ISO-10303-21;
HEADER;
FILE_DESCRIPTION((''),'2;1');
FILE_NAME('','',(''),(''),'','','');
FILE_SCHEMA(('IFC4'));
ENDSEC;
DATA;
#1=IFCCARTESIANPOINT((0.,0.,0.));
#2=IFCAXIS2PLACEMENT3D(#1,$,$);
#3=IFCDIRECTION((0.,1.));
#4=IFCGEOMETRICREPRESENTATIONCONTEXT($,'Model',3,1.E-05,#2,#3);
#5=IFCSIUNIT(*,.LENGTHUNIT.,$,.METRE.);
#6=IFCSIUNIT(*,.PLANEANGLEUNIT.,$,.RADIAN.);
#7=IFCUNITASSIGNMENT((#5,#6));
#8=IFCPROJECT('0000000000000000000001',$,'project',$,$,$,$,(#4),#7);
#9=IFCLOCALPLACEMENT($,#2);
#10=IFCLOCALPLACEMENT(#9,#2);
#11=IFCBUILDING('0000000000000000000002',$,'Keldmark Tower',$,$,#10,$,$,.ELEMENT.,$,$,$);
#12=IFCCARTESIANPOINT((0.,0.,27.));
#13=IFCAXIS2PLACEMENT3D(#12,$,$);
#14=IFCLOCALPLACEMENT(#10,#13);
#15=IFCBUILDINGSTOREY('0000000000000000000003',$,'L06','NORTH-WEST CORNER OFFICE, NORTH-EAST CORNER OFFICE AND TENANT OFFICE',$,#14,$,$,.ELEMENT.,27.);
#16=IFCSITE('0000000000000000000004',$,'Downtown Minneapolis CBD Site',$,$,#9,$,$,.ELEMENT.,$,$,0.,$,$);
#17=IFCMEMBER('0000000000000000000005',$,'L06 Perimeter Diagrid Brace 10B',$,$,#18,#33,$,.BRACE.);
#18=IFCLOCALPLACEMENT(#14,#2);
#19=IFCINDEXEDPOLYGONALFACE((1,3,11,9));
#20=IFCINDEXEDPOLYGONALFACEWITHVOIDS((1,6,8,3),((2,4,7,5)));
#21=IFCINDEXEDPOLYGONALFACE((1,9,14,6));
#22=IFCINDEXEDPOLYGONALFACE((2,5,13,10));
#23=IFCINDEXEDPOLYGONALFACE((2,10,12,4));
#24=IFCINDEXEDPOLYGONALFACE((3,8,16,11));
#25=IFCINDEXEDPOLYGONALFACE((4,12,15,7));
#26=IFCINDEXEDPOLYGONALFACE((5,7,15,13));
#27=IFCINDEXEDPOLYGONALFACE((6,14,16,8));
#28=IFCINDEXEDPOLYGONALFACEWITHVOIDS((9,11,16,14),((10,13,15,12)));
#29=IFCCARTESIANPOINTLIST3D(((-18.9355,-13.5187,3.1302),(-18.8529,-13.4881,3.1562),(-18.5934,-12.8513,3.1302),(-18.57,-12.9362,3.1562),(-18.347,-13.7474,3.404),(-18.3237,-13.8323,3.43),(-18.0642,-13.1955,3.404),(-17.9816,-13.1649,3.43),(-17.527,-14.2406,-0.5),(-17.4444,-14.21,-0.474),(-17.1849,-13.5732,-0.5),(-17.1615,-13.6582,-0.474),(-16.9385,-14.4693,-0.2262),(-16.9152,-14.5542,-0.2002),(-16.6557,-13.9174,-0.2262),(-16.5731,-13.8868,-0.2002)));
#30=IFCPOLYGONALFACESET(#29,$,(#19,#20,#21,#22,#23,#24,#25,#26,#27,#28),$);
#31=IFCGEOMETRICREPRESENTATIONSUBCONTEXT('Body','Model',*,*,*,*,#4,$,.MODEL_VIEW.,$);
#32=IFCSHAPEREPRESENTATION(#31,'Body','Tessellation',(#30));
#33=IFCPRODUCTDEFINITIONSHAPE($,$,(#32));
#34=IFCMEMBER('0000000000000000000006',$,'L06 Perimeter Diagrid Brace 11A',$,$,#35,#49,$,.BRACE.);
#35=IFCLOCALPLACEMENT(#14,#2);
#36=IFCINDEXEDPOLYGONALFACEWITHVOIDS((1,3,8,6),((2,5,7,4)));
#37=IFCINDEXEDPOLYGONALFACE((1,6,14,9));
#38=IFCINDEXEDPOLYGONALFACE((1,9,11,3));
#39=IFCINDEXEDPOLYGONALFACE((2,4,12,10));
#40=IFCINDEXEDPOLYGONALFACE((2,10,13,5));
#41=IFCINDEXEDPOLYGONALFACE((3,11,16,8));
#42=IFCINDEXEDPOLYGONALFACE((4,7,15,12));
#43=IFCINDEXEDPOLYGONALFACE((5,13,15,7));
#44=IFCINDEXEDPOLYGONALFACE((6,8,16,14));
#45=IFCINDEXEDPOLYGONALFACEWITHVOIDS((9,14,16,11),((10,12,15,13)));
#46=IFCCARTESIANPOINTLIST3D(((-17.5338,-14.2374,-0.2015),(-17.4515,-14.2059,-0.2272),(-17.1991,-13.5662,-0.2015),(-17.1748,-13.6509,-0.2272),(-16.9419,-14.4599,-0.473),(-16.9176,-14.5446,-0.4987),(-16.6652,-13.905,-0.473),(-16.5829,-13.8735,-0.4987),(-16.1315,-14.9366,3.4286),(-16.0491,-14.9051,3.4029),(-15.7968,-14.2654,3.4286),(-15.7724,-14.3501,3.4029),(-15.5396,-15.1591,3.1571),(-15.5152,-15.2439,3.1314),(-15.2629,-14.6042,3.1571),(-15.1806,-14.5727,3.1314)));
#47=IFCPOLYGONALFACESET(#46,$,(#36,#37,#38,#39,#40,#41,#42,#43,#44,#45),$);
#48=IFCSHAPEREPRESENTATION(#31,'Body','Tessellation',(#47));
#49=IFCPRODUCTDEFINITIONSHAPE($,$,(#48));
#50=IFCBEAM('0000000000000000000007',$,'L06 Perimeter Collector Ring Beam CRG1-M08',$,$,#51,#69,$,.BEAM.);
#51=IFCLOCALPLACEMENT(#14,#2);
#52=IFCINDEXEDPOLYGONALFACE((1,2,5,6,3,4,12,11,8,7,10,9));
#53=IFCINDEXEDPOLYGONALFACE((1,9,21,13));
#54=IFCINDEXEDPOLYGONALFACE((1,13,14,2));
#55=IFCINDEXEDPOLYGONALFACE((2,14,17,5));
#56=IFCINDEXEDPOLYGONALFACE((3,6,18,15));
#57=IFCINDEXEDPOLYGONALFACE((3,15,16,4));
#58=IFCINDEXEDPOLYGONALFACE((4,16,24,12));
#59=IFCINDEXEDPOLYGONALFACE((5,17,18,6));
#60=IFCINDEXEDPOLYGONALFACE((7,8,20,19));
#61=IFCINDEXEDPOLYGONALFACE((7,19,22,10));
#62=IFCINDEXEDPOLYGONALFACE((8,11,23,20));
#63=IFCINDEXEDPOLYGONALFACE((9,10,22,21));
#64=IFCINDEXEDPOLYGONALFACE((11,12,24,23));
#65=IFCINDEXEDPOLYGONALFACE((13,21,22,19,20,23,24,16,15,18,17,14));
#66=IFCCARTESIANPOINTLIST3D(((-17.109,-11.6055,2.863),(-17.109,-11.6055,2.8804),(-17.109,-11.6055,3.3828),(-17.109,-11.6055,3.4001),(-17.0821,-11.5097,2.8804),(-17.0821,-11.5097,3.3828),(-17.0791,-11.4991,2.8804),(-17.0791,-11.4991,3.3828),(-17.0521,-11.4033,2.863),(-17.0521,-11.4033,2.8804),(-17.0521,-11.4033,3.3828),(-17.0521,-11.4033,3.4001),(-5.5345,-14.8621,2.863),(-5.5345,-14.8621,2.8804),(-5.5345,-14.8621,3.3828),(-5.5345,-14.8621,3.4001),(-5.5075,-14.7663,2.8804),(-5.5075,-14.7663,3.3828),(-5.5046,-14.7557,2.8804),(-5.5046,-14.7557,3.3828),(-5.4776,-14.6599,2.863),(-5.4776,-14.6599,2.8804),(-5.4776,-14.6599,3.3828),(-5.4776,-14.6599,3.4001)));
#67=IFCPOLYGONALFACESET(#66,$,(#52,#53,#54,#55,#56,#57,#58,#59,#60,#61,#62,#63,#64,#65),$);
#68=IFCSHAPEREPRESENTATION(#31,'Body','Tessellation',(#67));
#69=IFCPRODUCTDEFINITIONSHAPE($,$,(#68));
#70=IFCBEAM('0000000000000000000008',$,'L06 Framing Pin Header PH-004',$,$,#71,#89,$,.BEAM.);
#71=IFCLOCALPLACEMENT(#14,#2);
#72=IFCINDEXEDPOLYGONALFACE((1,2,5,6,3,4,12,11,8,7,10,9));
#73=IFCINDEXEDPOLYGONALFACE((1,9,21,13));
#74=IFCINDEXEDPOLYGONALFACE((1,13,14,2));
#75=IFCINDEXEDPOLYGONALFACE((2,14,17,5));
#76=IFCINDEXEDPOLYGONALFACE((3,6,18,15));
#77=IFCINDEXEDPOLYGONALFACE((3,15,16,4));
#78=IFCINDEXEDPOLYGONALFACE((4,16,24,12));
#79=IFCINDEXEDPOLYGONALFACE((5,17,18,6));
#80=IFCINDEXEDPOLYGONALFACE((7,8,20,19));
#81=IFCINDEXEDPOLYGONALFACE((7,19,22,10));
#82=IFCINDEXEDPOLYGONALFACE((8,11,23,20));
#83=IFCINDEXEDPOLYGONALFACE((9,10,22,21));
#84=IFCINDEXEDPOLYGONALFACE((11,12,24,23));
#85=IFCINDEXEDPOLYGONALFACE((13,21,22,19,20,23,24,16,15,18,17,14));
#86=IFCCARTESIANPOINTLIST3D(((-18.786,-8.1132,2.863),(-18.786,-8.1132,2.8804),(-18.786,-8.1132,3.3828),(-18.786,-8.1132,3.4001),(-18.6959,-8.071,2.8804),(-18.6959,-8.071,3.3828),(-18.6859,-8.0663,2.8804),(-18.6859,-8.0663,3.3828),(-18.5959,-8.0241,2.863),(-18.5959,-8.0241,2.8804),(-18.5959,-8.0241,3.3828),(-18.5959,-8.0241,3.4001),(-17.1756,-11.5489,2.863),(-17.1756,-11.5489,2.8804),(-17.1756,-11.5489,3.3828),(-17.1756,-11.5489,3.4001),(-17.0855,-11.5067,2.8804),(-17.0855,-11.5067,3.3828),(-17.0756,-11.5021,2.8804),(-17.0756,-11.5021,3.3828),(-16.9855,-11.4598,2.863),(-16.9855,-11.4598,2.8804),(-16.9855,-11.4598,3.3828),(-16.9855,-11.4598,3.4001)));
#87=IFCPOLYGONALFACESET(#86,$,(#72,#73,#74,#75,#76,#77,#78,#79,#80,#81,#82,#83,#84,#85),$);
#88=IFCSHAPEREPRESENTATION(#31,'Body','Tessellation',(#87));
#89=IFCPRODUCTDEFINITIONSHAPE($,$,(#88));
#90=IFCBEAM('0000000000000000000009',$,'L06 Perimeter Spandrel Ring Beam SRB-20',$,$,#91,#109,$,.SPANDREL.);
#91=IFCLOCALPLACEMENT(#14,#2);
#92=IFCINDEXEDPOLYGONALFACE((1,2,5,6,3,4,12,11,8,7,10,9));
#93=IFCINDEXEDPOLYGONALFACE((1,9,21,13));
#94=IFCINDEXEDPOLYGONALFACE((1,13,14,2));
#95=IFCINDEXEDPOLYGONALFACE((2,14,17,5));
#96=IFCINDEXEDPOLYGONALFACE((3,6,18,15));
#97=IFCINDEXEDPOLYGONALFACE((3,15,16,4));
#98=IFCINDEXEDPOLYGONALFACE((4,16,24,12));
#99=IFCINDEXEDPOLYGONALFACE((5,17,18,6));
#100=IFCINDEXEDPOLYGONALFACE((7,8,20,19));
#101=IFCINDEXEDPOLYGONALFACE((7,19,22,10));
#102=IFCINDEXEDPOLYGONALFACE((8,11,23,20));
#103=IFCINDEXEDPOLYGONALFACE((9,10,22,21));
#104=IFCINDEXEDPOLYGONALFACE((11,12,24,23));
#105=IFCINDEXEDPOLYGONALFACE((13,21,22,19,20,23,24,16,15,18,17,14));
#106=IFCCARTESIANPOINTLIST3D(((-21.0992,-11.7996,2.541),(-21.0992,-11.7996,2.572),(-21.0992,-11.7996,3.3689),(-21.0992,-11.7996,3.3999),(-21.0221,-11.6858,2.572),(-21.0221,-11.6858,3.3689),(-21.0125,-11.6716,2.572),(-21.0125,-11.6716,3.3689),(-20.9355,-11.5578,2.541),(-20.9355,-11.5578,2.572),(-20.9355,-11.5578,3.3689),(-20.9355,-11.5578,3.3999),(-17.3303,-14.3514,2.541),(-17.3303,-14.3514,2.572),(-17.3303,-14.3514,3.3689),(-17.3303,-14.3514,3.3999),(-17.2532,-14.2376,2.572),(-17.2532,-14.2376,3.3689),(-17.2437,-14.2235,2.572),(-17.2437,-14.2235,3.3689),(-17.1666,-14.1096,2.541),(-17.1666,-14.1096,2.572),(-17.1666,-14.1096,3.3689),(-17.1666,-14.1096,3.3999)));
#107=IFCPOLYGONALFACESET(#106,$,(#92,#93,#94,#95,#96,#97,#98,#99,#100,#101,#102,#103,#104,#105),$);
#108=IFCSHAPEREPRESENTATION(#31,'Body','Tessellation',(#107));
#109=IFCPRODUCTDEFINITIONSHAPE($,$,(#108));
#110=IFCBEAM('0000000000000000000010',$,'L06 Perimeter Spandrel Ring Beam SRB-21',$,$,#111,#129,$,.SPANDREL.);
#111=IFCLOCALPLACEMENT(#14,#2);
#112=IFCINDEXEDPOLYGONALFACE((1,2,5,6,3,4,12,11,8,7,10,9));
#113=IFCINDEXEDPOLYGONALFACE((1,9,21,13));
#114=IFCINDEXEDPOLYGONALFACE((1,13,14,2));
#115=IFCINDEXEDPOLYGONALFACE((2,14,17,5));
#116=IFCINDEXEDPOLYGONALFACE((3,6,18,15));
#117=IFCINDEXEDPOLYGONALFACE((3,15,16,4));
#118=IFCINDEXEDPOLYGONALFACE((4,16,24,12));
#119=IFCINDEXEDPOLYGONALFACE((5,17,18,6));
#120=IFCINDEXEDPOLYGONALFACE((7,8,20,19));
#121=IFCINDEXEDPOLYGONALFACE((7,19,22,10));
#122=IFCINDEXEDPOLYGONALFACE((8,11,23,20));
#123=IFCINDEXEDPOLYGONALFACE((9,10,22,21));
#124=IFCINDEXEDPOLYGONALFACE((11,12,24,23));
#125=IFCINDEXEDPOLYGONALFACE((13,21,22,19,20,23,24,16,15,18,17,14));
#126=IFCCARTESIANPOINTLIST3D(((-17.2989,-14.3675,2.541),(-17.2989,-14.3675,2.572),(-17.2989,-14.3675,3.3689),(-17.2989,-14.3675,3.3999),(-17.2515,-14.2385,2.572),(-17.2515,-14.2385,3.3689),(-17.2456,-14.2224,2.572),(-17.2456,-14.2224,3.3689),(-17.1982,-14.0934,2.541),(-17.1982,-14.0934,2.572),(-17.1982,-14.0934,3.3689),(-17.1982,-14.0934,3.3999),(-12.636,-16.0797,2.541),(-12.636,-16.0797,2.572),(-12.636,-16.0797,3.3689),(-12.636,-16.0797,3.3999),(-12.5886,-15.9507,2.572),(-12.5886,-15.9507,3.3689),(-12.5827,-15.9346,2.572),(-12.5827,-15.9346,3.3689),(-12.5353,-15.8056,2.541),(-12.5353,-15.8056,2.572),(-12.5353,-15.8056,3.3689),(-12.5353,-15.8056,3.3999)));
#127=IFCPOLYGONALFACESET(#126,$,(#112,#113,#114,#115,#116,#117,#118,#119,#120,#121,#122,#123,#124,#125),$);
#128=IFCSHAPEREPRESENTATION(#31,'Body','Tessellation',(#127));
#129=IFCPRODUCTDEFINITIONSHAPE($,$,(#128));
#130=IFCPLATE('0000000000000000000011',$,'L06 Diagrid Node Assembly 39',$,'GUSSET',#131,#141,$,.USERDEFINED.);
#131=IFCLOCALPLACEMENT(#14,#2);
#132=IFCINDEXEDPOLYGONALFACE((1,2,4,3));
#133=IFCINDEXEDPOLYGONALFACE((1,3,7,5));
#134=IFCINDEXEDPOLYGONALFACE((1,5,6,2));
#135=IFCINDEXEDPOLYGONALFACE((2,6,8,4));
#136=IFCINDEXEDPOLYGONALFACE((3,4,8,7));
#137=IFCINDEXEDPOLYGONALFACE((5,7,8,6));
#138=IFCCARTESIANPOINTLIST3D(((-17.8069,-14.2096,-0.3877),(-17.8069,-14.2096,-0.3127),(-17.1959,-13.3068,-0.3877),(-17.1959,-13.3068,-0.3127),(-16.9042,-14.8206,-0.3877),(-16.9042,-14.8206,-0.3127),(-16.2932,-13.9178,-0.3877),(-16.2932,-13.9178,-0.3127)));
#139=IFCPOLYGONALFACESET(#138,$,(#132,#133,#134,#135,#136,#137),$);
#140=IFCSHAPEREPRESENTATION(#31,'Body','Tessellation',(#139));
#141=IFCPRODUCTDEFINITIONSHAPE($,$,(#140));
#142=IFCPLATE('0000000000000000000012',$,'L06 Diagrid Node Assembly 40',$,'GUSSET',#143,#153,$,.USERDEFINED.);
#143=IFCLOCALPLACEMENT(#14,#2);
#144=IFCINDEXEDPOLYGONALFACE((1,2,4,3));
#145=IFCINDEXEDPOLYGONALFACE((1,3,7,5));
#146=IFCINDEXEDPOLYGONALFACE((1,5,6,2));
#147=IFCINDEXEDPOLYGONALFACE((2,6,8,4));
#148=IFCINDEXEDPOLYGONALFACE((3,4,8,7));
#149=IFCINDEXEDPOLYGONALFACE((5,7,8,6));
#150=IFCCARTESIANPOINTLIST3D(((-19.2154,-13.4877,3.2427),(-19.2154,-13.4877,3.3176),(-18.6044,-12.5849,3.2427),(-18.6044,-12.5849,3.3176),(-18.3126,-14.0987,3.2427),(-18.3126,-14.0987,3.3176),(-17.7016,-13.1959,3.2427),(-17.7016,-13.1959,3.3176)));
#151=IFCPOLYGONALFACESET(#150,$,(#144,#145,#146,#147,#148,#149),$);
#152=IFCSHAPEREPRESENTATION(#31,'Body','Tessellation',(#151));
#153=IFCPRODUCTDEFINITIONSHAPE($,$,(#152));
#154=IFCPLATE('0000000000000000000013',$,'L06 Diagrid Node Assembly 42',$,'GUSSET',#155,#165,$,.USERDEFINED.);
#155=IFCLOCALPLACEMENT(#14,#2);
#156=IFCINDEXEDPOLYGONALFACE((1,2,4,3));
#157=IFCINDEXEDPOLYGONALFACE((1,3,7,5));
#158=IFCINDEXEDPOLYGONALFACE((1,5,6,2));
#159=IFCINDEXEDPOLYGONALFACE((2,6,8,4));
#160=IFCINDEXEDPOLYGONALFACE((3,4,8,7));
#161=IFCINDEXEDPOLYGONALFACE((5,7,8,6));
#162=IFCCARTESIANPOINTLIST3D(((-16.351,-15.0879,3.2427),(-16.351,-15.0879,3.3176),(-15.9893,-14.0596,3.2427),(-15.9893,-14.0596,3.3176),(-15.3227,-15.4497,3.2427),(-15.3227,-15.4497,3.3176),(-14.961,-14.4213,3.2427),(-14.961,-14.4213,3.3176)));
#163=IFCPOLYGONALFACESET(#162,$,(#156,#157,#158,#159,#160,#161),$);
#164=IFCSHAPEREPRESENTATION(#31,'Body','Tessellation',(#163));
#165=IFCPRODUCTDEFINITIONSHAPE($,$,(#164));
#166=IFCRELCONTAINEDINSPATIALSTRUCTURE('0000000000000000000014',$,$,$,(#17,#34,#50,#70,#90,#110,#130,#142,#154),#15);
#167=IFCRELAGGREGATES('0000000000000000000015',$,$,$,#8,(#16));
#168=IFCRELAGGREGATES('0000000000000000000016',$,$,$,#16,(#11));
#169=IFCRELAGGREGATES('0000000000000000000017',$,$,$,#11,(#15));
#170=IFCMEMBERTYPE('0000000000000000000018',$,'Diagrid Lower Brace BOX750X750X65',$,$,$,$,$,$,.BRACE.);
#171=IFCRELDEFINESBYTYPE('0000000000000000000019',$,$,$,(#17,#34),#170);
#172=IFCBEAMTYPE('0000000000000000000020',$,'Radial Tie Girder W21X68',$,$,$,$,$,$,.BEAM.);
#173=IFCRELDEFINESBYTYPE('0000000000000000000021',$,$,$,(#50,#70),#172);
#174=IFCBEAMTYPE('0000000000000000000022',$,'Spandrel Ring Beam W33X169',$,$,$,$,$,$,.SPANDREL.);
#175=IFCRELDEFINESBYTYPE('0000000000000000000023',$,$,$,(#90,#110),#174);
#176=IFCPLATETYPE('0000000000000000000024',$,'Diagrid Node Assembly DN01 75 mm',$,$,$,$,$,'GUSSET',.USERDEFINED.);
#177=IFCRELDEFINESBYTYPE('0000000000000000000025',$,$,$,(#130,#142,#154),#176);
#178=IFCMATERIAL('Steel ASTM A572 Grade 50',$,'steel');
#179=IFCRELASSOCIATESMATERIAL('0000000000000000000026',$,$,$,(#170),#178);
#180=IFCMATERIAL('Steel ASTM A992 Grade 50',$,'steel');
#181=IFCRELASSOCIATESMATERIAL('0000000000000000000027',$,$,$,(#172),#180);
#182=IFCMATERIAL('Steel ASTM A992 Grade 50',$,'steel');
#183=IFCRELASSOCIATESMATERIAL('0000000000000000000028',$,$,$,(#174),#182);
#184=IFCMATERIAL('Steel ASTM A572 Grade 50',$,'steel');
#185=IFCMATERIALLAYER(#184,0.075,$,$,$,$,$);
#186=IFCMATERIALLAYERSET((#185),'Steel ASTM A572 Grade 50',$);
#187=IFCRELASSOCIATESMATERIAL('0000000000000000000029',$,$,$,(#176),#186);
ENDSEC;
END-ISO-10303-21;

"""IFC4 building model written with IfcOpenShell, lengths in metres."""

from ifc_helpers import new_model, si_unit, direction, frame, origin, origin_2d, place, context, subcontext, project, spatial, rectangle, hollow_rectangle, i_section, extrude, material, layer, layer_set, material_profile, profile_set, type_object, element, save


model = new_model("IFC4")

# Units and contexts
model_context = context("Model", 3, precision=1e-05, world=origin(), true_north=direction((0.0, 1.0)))
body_context = subcontext(model_context, "Body", "Model", "MODEL_VIEW")
ifc_project = project(units=[si_unit("LENGTHUNIT", "METRE"), si_unit("PLANEANGLEUNIT", "RADIAN")], contexts=[model_context])

# Site, building, storey
site_placement = place(None, origin())
site = spatial("IfcSite", under=ifc_project, at=site_placement, Name="Downtown Minneapolis CBD Site", CompositionType="ELEMENT", RefElevation=0.0)
building_placement = place(site_placement, origin())
building = spatial("IfcBuilding", under=site, at=building_placement, Name="Keldmark Tower", CompositionType="ELEMENT")
storey_placement = place(building_placement, frame((0.0, 0.0, 27.0)))
storey = spatial("IfcBuildingStorey", under=building, at=storey_placement, Name="L06", Description="NORTH-WEST CORNER OFFICE, NORTH-EAST CORNER OFFICE AND TENANT OFFICE", CompositionType="ELEMENT", Elevation=27.0)

# Members
ifc_material_1 = material(Name="Steel ASTM A572 Grade 50", Category="steel")
ifc_material_profile_1 = material_profile(ifc_material_1, hollow_rectangle(XDim=0.75, YDim=0.75, WallThickness=0.0649, at=origin_2d()), Name="BOX750X750X65")
ifc_profile_set_1 = profile_set([ifc_material_profile_1], Name="Steel ASTM A572 Grade 50")
member_type = type_object("IfcMemberType", Name="Diagrid Lower Brace BOX750X750X65", PredefinedType="BRACE", material=ifc_profile_set_1)
member_1_placement = place(storey_placement, frame((-17.05, -14.0637, -0.3501), z_axis=(-0.355656, 0.182297, 0.916666), x_axis=(-0.456138, -0.889909, 0.0)))
element("IfcMember", 1, at=member_1_placement, inside=storey, type_object=member_type, Name="L06 Perimeter Diagrid Brace 10B", PredefinedType="BRACE", context=body_context, shape_type="SweptSolid", body=[
    extrude(hollow_rectangle(XDim=0.75, YDim=0.75, WallThickness=0.0649, at=origin_2d()), origin(), (0.0, 0.0, 1.0), 3.9602),
])
member_2_placement = place(storey_placement, frame((-17.0583, -14.0554, -0.3501), z_axis=(0.354674, -0.176843, 0.918114), x_axis=(0.446216, 0.894925, 0.0)))
element("IfcMember", 2, at=member_2_placement, inside=storey, type_object=member_type, Name="L06 Perimeter Diagrid Brace 11A", PredefinedType="BRACE", context=body_context, shape_type="SweptSolid", body=[
    extrude(hollow_rectangle(XDim=0.75, YDim=0.75, WallThickness=0.0649, at=origin_2d()), origin(), (0.0, 0.0, 1.0), 3.9539),
])

# Beams
ifc_material_2 = material(Name="Steel ASTM A992 Grade 50", Category="steel")
ifc_material_profile_2 = material_profile(ifc_material_2, i_section(OverallWidth=0.21, OverallDepth=0.5371, WebThickness=0.011, FlangeThickness=0.0173, at=origin_2d()), Name="W21X68")
ifc_profile_set_2 = profile_set([ifc_material_profile_2], Name="Steel ASTM A992 Grade 50")
beam_type_1 = type_object("IfcBeamType", Name="Radial Tie Girder W21X68", PredefinedType="BEAM", material=ifc_profile_set_2)
beam_1_placement = place(storey_placement, frame((-17.0806, -11.5044, 3.1316), z_axis=(0.962623, -0.270844, 0.0), x_axis=(0.270844, 0.962623, 0.0)))
element("IfcBeam", 3, at=beam_1_placement, inside=storey, type_object=beam_type_1, Name="L06 Perimeter Collector Ring Beam CRG1-M08", PredefinedType="BEAM", context=body_context, shape_type="SweptSolid", body=[
    extrude(i_section(OverallWidth=0.21, OverallDepth=0.5371, WebThickness=0.011, FlangeThickness=0.0173, at=origin_2d()), origin(), (0.0, 0.0, 1.0), 12.0239),
])
beam_2_placement = place(storey_placement, frame((-17.0806, -11.5044, 3.1316), z_axis=(-0.424396, 0.905477, 0.0), x_axis=(-0.905477, -0.424396, 0.0)))
element("IfcBeam", 4, at=beam_2_placement, inside=storey, type_object=beam_type_1, Name="L06 Framing Pin Header PH-004", PredefinedType="BEAM", context=body_context, shape_type="SweptSolid", body=[
    extrude(i_section(OverallWidth=0.21, OverallDepth=0.5371, WebThickness=0.011, FlangeThickness=0.0173, at=origin_2d()), origin(), (0.0, 0.0, 1.0), 3.7944),
])
ifc_material_3 = material(Name="Steel ASTM A992 Grade 50", Category="steel")
ifc_material_profile_3 = material_profile(ifc_material_3, i_section(OverallWidth=0.292, OverallDepth=0.8589, WebThickness=0.0171, FlangeThickness=0.031, at=origin_2d()), Name="W33X169")
ifc_profile_set_3 = profile_set([ifc_material_profile_3], Name="Steel ASTM A992 Grade 50")
beam_type_2 = type_object("IfcBeamType", Name="Spandrel Ring Beam W33X169", PredefinedType="SPANDREL", material=ifc_profile_set_3)
beam_3_placement = place(storey_placement, frame((-21.0173, -11.6787, 2.9705), z_axis=(0.828051, -0.560652, 0.0), x_axis=(0.560652, 0.828051, 0.0)))
element("IfcBeam", 5, at=beam_3_placement, inside=storey, type_object=beam_type_2, Name="L06 Perimeter Spandrel Ring Beam SRB-20", PredefinedType="SPANDREL", context=body_context, shape_type="SweptSolid", body=[
    extrude(i_section(OverallWidth=0.292, OverallDepth=0.8589, WebThickness=0.0171, FlangeThickness=0.031, at=origin_2d()), origin(), (0.0, 0.0, 1.0), 4.5515),
])
beam_4_placement = place(storey_placement, frame((-17.2485, -14.2305, 2.9705), z_axis=(0.938717, -0.344689, 0.0), x_axis=(0.344689, 0.938717, 0.0)))
element("IfcBeam", 6, at=beam_4_placement, inside=storey, type_object=beam_type_2, Name="L06 Perimeter Spandrel Ring Beam SRB-21", PredefinedType="SPANDREL", context=body_context, shape_type="SweptSolid", body=[
    extrude(i_section(OverallWidth=0.292, OverallDepth=0.8589, WebThickness=0.0171, FlangeThickness=0.031, at=origin_2d()), origin(), (0.0, 0.0, 1.0), 4.9673),
])

# Plates
ifc_material_4 = material(Name="Steel ASTM A572 Grade 50", Category="steel")
ifc_layer_1 = layer(ifc_material_4, 0.075)
ifc_layer_set_1 = layer_set([ifc_layer_1], Name="Steel ASTM A572 Grade 50")
plate_type = type_object("IfcPlateType", Name="Diagrid Node Assembly DN01 75 mm", ElementType="GUSSET", PredefinedType="USERDEFINED", material=ifc_layer_set_1)
for number, where, z_axis, x_axis, name in (
    (7, (-17.05, -14.0637, -0.3877), (0.0, 0.0, 1.0), (0.828158, -0.560494, 0.0), "L06 Diagrid Node Assembly 39"),
    (8, (-18.4585, -13.3418, 3.2427), (0.0, 0.0, 1.0), (0.828158, -0.560494, 0.0), "L06 Diagrid Node Assembly 40"),
    (9, (-15.656, -14.7546, 3.2427), (0.0, 0.0, 1.0), (0.943339, -0.331832, 0.0), "L06 Diagrid Node Assembly 42"),
):
    element("IfcPlate", number, at=place(storey_placement, frame(where, z_axis=z_axis, x_axis=x_axis)), inside=storey, type_object=plate_type, Name=name, ObjectType="GUSSET", PredefinedType="USERDEFINED", context=body_context, shape_type="SweptSolid", body=[
        extrude(rectangle(XDim=1.0901, YDim=1.0901, at=origin_2d()), origin(), (0.0, 0.0, 1.0), 0.075),
    ])

save(model, "model.ifc")
